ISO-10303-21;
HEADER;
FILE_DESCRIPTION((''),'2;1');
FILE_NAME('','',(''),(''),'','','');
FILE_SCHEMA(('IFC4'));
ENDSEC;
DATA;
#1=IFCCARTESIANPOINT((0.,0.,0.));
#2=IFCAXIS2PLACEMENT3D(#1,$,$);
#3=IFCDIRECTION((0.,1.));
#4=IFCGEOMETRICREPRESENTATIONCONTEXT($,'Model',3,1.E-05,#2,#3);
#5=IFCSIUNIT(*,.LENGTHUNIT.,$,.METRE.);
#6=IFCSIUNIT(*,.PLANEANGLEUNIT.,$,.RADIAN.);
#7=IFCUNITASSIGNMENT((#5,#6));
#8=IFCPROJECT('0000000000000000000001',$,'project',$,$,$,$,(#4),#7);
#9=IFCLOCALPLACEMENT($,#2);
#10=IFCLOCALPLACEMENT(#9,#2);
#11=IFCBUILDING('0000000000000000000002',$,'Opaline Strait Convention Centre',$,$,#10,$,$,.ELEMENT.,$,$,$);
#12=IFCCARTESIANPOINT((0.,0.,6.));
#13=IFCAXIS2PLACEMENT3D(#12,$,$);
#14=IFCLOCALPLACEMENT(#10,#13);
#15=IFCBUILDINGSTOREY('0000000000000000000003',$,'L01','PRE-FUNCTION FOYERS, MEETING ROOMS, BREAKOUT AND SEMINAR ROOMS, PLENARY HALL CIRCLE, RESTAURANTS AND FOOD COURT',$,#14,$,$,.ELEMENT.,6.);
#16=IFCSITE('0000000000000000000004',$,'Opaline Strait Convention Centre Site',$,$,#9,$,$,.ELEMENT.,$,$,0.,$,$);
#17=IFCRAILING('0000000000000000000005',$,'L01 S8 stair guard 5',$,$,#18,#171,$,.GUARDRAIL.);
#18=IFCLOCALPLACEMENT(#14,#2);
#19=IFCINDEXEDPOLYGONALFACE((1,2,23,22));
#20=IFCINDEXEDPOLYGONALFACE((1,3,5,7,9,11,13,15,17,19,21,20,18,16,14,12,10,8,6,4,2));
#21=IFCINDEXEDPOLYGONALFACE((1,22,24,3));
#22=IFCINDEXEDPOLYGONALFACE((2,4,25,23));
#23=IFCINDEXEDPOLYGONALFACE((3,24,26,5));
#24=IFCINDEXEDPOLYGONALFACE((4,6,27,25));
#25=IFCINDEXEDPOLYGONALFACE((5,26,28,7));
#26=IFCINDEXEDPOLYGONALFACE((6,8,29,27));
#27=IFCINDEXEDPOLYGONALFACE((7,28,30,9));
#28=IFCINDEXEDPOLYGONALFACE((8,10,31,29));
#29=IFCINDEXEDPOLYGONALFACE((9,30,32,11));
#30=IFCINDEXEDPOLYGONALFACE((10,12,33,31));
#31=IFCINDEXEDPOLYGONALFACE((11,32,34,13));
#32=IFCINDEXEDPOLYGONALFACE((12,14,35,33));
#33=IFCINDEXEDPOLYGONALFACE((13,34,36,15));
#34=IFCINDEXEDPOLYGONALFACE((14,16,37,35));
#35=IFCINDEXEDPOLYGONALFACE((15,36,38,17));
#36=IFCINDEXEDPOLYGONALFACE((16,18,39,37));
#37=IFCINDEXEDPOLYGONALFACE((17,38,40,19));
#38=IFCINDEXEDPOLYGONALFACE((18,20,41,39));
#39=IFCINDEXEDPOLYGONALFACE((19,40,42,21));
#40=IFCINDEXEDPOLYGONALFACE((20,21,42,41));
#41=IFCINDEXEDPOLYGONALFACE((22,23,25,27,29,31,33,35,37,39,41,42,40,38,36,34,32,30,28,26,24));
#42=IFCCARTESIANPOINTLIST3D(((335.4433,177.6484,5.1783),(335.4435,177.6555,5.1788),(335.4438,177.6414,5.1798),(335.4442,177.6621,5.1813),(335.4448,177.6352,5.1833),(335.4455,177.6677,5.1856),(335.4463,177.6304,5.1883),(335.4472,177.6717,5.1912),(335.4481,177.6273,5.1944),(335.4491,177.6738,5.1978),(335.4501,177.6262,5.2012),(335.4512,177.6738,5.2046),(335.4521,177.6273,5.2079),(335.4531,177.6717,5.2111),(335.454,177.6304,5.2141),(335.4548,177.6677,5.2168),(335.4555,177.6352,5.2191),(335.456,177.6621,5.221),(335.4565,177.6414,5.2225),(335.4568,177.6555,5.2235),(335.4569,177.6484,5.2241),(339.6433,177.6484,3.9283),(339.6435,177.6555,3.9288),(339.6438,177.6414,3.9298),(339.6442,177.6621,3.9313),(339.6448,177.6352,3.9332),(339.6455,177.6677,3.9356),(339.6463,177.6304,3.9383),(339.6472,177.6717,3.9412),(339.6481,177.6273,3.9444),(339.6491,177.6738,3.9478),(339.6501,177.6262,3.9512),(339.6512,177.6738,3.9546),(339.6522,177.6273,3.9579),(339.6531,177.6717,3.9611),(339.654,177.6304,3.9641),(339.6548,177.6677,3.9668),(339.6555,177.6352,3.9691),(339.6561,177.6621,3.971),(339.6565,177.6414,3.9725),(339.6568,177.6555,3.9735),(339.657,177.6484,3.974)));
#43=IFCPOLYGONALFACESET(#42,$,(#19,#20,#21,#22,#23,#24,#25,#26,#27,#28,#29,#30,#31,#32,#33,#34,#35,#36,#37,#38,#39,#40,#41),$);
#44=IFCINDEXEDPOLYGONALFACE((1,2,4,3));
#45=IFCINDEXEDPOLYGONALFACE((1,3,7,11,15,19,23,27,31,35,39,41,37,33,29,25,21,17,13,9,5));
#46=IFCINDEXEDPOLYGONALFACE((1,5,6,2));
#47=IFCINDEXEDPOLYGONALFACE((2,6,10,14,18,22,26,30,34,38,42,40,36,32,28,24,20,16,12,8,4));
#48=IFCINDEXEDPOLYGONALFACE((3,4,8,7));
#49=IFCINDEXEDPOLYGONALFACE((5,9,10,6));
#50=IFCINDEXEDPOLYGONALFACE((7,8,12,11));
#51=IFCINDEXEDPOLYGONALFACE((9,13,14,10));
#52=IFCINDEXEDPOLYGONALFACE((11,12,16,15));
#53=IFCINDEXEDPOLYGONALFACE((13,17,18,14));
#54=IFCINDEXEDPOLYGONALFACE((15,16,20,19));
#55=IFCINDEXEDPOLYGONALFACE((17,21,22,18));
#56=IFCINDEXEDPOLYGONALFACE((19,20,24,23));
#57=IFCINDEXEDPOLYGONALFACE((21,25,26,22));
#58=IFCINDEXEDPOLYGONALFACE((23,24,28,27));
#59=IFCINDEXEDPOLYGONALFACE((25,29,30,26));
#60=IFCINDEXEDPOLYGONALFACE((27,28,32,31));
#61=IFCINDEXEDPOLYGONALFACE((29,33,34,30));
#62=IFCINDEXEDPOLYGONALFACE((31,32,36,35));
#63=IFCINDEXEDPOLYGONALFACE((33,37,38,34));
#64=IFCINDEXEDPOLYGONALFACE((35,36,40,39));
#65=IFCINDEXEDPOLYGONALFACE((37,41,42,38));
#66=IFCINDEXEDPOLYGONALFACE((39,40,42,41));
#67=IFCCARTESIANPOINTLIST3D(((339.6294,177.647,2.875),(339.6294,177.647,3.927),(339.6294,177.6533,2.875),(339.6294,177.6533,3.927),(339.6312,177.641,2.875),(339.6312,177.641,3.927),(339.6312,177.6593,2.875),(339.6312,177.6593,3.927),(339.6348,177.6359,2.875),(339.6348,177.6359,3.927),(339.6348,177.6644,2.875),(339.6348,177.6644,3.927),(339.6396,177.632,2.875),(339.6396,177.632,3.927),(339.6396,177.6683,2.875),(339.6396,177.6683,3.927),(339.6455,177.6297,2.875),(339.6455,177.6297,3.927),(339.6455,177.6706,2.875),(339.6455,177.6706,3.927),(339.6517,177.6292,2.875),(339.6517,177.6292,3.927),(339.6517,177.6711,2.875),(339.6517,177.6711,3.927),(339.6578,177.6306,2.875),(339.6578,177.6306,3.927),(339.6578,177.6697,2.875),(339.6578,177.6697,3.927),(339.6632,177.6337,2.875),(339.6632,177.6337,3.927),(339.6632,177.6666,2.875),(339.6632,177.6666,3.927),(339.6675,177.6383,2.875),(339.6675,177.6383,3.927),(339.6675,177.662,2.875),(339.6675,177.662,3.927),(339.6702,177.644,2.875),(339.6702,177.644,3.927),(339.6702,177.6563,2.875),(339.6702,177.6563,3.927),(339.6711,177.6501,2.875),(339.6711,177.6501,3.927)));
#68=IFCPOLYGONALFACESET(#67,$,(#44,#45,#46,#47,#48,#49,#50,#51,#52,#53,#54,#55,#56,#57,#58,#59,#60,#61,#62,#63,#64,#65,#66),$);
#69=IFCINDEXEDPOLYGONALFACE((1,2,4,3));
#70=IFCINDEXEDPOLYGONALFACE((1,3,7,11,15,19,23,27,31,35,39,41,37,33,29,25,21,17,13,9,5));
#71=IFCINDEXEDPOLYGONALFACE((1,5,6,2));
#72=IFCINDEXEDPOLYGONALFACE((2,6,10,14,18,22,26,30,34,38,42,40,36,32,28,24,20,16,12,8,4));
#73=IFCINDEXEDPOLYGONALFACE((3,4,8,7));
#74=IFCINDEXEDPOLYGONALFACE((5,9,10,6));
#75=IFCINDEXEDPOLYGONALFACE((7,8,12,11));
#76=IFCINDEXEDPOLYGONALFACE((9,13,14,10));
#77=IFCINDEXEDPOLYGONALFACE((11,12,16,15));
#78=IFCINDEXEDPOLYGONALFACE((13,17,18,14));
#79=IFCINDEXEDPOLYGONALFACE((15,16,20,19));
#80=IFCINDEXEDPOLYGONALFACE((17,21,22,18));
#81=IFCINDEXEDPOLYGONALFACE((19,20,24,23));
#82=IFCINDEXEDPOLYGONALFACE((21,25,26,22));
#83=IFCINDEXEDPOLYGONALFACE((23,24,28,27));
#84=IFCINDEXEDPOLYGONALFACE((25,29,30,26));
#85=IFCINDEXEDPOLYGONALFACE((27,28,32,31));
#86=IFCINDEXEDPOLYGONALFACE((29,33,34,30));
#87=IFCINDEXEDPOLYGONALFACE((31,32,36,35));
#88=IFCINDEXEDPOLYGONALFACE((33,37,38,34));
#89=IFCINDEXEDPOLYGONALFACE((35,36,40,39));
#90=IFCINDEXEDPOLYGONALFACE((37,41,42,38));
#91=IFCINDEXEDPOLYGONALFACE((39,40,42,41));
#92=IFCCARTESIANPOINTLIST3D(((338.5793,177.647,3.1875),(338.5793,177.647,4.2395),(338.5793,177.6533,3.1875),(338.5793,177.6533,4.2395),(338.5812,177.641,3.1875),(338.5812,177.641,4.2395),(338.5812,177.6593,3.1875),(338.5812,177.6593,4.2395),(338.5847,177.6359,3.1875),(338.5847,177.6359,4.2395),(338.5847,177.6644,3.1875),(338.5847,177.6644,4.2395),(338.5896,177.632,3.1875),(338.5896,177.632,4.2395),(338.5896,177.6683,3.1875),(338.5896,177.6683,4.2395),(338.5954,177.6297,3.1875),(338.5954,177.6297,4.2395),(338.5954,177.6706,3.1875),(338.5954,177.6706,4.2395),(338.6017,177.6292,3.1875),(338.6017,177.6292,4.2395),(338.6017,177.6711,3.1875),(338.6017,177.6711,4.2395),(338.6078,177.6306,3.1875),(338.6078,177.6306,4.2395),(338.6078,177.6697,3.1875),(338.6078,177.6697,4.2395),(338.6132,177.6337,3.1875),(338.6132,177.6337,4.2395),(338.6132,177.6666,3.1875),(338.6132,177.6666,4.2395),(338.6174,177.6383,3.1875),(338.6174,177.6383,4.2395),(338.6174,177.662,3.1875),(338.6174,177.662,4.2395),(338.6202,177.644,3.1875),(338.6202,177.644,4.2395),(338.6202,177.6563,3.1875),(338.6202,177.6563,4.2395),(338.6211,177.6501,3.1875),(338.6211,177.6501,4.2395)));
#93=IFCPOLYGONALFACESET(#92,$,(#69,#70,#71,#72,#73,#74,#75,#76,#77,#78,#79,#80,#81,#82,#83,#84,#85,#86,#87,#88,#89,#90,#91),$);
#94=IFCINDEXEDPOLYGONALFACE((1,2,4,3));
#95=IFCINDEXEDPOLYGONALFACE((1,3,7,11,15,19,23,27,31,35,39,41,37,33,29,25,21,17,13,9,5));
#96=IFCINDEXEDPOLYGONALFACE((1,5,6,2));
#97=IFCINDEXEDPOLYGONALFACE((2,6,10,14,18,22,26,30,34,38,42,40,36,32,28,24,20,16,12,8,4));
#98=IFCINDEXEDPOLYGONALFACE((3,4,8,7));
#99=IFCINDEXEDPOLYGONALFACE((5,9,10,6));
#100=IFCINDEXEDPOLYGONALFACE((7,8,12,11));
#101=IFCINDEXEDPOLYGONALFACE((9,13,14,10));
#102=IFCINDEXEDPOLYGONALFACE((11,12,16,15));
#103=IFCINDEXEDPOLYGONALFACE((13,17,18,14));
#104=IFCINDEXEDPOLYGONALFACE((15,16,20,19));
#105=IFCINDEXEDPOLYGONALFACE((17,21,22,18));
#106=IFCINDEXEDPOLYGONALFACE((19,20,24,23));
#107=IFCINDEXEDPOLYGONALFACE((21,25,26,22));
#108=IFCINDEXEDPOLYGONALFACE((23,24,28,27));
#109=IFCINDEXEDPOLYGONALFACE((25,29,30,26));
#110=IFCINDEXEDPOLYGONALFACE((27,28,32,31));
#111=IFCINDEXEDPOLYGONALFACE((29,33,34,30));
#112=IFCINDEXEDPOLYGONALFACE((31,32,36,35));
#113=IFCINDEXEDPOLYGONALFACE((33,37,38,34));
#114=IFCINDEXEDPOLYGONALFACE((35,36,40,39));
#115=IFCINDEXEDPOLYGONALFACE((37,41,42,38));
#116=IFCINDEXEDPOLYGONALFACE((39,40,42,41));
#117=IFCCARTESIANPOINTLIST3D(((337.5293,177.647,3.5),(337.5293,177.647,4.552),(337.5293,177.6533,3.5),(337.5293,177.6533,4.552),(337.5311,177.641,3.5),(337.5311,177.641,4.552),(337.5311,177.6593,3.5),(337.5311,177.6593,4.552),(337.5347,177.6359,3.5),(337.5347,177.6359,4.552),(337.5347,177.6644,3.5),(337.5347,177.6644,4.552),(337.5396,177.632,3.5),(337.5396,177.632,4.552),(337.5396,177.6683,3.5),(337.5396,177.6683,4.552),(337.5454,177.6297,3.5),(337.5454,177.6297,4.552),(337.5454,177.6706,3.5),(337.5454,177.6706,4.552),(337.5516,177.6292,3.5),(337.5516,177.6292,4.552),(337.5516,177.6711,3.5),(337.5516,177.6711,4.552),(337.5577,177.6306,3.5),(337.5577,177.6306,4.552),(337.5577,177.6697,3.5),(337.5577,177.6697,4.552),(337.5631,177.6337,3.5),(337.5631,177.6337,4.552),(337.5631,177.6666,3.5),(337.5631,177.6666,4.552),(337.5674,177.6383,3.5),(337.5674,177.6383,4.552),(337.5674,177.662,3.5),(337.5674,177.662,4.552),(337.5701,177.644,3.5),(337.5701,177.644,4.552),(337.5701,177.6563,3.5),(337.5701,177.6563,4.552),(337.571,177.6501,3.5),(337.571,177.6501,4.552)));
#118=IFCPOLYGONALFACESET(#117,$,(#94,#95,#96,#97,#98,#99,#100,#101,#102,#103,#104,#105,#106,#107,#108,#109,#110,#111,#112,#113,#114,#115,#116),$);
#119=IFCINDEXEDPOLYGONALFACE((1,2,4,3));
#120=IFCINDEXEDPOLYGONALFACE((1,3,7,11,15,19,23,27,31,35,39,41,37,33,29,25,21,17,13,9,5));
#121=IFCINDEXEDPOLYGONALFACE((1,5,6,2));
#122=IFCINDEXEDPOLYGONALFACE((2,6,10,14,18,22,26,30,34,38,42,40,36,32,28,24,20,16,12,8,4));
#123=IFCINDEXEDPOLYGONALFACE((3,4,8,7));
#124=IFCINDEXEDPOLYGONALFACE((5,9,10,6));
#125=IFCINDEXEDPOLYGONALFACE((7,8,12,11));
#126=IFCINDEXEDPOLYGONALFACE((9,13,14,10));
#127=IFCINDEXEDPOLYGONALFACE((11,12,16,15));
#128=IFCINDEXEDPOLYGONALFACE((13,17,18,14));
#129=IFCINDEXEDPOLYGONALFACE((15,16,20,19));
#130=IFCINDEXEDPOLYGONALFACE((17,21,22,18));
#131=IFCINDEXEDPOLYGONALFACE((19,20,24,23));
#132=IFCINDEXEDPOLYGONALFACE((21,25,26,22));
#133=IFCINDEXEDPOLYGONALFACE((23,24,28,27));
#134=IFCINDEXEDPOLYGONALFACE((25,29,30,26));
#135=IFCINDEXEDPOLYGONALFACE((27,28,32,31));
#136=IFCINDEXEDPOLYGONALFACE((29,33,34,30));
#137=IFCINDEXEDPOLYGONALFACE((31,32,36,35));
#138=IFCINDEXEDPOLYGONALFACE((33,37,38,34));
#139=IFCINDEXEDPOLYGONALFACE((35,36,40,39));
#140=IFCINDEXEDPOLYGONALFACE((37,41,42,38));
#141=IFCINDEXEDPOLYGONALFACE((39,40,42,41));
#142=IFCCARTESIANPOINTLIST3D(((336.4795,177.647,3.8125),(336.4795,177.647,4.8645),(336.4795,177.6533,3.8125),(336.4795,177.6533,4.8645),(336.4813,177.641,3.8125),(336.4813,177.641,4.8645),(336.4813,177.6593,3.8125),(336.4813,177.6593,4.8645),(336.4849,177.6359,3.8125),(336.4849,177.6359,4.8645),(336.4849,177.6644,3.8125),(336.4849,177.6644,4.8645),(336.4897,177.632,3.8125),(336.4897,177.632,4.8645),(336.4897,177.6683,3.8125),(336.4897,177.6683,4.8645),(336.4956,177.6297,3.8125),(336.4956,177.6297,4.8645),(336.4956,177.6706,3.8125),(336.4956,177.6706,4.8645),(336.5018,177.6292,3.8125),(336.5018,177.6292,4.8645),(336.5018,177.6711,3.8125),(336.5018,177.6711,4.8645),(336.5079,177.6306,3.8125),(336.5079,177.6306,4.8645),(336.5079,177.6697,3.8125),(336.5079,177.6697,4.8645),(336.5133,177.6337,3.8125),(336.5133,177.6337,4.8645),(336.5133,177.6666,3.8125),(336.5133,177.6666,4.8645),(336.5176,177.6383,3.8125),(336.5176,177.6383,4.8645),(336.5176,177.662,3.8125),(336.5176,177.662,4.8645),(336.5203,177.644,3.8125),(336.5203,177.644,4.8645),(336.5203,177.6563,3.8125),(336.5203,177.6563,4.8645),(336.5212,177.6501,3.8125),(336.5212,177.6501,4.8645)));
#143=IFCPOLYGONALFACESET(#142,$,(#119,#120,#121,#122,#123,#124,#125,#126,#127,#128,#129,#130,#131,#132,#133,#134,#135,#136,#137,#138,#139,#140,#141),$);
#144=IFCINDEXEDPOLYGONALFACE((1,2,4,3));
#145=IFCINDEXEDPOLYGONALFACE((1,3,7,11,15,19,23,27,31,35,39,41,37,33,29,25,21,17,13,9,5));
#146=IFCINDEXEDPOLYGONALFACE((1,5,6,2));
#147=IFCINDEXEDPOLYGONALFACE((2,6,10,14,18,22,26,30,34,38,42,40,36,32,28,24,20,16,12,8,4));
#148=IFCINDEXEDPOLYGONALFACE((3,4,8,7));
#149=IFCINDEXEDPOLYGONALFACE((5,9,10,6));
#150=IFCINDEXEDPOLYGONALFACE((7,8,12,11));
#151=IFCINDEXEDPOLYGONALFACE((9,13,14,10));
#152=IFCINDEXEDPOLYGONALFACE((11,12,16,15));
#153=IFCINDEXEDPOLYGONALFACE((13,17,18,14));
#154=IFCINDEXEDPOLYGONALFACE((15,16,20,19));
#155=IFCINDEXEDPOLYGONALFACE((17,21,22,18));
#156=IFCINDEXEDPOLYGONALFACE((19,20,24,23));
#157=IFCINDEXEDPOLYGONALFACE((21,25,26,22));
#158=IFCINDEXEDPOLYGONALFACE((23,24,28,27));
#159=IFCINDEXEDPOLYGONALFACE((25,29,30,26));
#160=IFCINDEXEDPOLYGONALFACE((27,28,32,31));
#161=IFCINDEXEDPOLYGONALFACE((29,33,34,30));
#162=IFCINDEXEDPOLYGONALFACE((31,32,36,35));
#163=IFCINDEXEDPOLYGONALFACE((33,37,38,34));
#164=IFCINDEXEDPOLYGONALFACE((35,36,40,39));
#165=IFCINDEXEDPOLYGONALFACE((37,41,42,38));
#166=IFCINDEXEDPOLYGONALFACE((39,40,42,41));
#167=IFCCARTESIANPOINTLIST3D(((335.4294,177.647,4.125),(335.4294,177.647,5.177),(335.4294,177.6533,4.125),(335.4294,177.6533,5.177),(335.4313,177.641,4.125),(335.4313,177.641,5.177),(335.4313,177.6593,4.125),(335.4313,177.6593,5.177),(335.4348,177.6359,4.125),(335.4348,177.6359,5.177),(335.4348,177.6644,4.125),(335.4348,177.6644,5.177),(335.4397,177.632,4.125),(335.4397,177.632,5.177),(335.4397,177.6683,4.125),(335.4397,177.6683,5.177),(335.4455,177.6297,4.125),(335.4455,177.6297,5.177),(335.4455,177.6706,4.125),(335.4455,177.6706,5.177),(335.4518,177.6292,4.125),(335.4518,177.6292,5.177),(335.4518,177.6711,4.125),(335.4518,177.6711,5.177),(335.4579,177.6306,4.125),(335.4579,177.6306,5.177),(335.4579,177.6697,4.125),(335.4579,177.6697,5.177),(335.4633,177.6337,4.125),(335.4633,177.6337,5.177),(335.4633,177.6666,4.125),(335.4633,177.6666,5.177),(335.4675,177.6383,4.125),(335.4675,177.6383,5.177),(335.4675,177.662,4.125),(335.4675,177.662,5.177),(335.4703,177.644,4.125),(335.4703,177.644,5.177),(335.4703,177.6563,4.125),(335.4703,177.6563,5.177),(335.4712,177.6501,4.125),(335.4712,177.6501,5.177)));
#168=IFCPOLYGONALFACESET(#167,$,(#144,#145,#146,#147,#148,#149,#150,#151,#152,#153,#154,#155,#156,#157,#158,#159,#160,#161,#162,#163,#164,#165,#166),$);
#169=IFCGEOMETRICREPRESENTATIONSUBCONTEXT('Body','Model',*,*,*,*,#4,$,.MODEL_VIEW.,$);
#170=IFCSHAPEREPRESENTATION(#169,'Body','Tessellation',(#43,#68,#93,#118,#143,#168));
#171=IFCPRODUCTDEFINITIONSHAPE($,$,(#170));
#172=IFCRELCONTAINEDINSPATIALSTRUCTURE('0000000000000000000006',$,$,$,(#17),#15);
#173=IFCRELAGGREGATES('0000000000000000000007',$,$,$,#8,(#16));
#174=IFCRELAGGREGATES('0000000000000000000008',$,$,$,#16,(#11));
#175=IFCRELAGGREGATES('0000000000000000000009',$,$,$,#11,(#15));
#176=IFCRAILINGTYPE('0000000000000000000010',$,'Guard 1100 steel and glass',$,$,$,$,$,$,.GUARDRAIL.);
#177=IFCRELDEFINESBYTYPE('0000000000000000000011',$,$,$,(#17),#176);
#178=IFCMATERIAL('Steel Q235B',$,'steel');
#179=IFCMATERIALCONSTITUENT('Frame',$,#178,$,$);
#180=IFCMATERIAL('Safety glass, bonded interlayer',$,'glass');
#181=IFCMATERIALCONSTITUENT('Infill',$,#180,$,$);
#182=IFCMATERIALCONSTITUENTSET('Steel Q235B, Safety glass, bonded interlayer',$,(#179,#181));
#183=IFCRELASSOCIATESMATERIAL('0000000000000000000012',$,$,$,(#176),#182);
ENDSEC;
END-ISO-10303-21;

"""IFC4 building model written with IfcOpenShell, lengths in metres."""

from ifc_helpers import new_model, si_unit, direction, frame, origin, origin_2d, place, context, subcontext, project, spatial, circle, extrude, material, constituent, constituent_set, type_object, element, save


model = new_model("IFC4")

# Units and contexts
model_context = context("Model", 3, precision=1e-05, world=origin(), true_north=direction((0.0, 1.0)))
body_context = subcontext(model_context, "Body", "Model", "MODEL_VIEW")
ifc_project = project(units=[si_unit("LENGTHUNIT", "METRE"), si_unit("PLANEANGLEUNIT", "RADIAN")], contexts=[model_context])

# Site, building, storey
site_placement = place(None, origin())
site = spatial("IfcSite", under=ifc_project, at=site_placement, Name="Opaline Strait Convention Centre Site", CompositionType="ELEMENT", RefElevation=0.0)
building_placement = place(site_placement, origin())
building = spatial("IfcBuilding", under=site, at=building_placement, Name="Opaline Strait Convention Centre", CompositionType="ELEMENT")
storey_placement = place(building_placement, frame((0.0, 0.0, 6.0)))
storey = spatial("IfcBuildingStorey", under=building, at=storey_placement, Name="L01", Description="PRE-FUNCTION FOYERS, MEETING ROOMS, BREAKOUT AND SEMINAR ROOMS, PLENARY HALL CIRCLE, RESTAURANTS AND FOOD COURT", CompositionType="ELEMENT", Elevation=6.0)

# Railing
ifc_material_1 = material(Name="Steel Q235B", Category="steel")
ifc_constituent_1 = constituent(ifc_material_1, Name="Frame")
ifc_material_2 = material(Name="Safety glass, bonded interlayer", Category="glass")
ifc_constituent_2 = constituent(ifc_material_2, Name="Infill")
ifc_constituent_set = constituent_set(constituents=[ifc_constituent_1, ifc_constituent_2], Name="Steel Q235B, Safety glass, bonded interlayer")
railing_type_1 = type_object("IfcRailingType", Name="Guard 1100 steel and glass", PredefinedType="GUARDRAIL", material=ifc_constituent_set)
railing_1_placement = place(storey_placement, frame((339.6501, 177.6501, 2.875)))
element("IfcRailing", 1, at=railing_1_placement, inside=storey, type_object=railing_type_1, Name="L01 S8 stair guard 5", PredefinedType="GUARDRAIL", context=body_context, shape_type="SweptSolid", body=[
    extrude(circle(Radius=0.0239, at=origin_2d()), frame((0.0, 0.0, 1.0762), z_axis=(-0.958451, 0.0, 0.285257), x_axis=(0.0, -1.0, 0.0)), (0.0, 0.0, 1.0), 4.3821),
    extrude(circle(Radius=0.021, at=origin_2d()), origin(), (0.0, 0.0, 1.0), 1.052),
    extrude(circle(Radius=0.021, at=origin_2d()), frame((-1.05, 0.0, 0.3125)), (0.0, 0.0, 1.0), 1.052),
    extrude(circle(Radius=0.021, at=origin_2d()), frame((-2.1001, 0.0, 0.625)), (0.0, 0.0, 1.0), 1.052),
    extrude(circle(Radius=0.021, at=origin_2d()), frame((-3.1499, 0.0, 0.9375)), (0.0, 0.0, 1.0), 1.052),
    extrude(circle(Radius=0.021, at=origin_2d()), frame((-4.2, 0.0, 1.25)), (0.0, 0.0, 1.0), 1.052),
])

save(model, "model.ifc")
